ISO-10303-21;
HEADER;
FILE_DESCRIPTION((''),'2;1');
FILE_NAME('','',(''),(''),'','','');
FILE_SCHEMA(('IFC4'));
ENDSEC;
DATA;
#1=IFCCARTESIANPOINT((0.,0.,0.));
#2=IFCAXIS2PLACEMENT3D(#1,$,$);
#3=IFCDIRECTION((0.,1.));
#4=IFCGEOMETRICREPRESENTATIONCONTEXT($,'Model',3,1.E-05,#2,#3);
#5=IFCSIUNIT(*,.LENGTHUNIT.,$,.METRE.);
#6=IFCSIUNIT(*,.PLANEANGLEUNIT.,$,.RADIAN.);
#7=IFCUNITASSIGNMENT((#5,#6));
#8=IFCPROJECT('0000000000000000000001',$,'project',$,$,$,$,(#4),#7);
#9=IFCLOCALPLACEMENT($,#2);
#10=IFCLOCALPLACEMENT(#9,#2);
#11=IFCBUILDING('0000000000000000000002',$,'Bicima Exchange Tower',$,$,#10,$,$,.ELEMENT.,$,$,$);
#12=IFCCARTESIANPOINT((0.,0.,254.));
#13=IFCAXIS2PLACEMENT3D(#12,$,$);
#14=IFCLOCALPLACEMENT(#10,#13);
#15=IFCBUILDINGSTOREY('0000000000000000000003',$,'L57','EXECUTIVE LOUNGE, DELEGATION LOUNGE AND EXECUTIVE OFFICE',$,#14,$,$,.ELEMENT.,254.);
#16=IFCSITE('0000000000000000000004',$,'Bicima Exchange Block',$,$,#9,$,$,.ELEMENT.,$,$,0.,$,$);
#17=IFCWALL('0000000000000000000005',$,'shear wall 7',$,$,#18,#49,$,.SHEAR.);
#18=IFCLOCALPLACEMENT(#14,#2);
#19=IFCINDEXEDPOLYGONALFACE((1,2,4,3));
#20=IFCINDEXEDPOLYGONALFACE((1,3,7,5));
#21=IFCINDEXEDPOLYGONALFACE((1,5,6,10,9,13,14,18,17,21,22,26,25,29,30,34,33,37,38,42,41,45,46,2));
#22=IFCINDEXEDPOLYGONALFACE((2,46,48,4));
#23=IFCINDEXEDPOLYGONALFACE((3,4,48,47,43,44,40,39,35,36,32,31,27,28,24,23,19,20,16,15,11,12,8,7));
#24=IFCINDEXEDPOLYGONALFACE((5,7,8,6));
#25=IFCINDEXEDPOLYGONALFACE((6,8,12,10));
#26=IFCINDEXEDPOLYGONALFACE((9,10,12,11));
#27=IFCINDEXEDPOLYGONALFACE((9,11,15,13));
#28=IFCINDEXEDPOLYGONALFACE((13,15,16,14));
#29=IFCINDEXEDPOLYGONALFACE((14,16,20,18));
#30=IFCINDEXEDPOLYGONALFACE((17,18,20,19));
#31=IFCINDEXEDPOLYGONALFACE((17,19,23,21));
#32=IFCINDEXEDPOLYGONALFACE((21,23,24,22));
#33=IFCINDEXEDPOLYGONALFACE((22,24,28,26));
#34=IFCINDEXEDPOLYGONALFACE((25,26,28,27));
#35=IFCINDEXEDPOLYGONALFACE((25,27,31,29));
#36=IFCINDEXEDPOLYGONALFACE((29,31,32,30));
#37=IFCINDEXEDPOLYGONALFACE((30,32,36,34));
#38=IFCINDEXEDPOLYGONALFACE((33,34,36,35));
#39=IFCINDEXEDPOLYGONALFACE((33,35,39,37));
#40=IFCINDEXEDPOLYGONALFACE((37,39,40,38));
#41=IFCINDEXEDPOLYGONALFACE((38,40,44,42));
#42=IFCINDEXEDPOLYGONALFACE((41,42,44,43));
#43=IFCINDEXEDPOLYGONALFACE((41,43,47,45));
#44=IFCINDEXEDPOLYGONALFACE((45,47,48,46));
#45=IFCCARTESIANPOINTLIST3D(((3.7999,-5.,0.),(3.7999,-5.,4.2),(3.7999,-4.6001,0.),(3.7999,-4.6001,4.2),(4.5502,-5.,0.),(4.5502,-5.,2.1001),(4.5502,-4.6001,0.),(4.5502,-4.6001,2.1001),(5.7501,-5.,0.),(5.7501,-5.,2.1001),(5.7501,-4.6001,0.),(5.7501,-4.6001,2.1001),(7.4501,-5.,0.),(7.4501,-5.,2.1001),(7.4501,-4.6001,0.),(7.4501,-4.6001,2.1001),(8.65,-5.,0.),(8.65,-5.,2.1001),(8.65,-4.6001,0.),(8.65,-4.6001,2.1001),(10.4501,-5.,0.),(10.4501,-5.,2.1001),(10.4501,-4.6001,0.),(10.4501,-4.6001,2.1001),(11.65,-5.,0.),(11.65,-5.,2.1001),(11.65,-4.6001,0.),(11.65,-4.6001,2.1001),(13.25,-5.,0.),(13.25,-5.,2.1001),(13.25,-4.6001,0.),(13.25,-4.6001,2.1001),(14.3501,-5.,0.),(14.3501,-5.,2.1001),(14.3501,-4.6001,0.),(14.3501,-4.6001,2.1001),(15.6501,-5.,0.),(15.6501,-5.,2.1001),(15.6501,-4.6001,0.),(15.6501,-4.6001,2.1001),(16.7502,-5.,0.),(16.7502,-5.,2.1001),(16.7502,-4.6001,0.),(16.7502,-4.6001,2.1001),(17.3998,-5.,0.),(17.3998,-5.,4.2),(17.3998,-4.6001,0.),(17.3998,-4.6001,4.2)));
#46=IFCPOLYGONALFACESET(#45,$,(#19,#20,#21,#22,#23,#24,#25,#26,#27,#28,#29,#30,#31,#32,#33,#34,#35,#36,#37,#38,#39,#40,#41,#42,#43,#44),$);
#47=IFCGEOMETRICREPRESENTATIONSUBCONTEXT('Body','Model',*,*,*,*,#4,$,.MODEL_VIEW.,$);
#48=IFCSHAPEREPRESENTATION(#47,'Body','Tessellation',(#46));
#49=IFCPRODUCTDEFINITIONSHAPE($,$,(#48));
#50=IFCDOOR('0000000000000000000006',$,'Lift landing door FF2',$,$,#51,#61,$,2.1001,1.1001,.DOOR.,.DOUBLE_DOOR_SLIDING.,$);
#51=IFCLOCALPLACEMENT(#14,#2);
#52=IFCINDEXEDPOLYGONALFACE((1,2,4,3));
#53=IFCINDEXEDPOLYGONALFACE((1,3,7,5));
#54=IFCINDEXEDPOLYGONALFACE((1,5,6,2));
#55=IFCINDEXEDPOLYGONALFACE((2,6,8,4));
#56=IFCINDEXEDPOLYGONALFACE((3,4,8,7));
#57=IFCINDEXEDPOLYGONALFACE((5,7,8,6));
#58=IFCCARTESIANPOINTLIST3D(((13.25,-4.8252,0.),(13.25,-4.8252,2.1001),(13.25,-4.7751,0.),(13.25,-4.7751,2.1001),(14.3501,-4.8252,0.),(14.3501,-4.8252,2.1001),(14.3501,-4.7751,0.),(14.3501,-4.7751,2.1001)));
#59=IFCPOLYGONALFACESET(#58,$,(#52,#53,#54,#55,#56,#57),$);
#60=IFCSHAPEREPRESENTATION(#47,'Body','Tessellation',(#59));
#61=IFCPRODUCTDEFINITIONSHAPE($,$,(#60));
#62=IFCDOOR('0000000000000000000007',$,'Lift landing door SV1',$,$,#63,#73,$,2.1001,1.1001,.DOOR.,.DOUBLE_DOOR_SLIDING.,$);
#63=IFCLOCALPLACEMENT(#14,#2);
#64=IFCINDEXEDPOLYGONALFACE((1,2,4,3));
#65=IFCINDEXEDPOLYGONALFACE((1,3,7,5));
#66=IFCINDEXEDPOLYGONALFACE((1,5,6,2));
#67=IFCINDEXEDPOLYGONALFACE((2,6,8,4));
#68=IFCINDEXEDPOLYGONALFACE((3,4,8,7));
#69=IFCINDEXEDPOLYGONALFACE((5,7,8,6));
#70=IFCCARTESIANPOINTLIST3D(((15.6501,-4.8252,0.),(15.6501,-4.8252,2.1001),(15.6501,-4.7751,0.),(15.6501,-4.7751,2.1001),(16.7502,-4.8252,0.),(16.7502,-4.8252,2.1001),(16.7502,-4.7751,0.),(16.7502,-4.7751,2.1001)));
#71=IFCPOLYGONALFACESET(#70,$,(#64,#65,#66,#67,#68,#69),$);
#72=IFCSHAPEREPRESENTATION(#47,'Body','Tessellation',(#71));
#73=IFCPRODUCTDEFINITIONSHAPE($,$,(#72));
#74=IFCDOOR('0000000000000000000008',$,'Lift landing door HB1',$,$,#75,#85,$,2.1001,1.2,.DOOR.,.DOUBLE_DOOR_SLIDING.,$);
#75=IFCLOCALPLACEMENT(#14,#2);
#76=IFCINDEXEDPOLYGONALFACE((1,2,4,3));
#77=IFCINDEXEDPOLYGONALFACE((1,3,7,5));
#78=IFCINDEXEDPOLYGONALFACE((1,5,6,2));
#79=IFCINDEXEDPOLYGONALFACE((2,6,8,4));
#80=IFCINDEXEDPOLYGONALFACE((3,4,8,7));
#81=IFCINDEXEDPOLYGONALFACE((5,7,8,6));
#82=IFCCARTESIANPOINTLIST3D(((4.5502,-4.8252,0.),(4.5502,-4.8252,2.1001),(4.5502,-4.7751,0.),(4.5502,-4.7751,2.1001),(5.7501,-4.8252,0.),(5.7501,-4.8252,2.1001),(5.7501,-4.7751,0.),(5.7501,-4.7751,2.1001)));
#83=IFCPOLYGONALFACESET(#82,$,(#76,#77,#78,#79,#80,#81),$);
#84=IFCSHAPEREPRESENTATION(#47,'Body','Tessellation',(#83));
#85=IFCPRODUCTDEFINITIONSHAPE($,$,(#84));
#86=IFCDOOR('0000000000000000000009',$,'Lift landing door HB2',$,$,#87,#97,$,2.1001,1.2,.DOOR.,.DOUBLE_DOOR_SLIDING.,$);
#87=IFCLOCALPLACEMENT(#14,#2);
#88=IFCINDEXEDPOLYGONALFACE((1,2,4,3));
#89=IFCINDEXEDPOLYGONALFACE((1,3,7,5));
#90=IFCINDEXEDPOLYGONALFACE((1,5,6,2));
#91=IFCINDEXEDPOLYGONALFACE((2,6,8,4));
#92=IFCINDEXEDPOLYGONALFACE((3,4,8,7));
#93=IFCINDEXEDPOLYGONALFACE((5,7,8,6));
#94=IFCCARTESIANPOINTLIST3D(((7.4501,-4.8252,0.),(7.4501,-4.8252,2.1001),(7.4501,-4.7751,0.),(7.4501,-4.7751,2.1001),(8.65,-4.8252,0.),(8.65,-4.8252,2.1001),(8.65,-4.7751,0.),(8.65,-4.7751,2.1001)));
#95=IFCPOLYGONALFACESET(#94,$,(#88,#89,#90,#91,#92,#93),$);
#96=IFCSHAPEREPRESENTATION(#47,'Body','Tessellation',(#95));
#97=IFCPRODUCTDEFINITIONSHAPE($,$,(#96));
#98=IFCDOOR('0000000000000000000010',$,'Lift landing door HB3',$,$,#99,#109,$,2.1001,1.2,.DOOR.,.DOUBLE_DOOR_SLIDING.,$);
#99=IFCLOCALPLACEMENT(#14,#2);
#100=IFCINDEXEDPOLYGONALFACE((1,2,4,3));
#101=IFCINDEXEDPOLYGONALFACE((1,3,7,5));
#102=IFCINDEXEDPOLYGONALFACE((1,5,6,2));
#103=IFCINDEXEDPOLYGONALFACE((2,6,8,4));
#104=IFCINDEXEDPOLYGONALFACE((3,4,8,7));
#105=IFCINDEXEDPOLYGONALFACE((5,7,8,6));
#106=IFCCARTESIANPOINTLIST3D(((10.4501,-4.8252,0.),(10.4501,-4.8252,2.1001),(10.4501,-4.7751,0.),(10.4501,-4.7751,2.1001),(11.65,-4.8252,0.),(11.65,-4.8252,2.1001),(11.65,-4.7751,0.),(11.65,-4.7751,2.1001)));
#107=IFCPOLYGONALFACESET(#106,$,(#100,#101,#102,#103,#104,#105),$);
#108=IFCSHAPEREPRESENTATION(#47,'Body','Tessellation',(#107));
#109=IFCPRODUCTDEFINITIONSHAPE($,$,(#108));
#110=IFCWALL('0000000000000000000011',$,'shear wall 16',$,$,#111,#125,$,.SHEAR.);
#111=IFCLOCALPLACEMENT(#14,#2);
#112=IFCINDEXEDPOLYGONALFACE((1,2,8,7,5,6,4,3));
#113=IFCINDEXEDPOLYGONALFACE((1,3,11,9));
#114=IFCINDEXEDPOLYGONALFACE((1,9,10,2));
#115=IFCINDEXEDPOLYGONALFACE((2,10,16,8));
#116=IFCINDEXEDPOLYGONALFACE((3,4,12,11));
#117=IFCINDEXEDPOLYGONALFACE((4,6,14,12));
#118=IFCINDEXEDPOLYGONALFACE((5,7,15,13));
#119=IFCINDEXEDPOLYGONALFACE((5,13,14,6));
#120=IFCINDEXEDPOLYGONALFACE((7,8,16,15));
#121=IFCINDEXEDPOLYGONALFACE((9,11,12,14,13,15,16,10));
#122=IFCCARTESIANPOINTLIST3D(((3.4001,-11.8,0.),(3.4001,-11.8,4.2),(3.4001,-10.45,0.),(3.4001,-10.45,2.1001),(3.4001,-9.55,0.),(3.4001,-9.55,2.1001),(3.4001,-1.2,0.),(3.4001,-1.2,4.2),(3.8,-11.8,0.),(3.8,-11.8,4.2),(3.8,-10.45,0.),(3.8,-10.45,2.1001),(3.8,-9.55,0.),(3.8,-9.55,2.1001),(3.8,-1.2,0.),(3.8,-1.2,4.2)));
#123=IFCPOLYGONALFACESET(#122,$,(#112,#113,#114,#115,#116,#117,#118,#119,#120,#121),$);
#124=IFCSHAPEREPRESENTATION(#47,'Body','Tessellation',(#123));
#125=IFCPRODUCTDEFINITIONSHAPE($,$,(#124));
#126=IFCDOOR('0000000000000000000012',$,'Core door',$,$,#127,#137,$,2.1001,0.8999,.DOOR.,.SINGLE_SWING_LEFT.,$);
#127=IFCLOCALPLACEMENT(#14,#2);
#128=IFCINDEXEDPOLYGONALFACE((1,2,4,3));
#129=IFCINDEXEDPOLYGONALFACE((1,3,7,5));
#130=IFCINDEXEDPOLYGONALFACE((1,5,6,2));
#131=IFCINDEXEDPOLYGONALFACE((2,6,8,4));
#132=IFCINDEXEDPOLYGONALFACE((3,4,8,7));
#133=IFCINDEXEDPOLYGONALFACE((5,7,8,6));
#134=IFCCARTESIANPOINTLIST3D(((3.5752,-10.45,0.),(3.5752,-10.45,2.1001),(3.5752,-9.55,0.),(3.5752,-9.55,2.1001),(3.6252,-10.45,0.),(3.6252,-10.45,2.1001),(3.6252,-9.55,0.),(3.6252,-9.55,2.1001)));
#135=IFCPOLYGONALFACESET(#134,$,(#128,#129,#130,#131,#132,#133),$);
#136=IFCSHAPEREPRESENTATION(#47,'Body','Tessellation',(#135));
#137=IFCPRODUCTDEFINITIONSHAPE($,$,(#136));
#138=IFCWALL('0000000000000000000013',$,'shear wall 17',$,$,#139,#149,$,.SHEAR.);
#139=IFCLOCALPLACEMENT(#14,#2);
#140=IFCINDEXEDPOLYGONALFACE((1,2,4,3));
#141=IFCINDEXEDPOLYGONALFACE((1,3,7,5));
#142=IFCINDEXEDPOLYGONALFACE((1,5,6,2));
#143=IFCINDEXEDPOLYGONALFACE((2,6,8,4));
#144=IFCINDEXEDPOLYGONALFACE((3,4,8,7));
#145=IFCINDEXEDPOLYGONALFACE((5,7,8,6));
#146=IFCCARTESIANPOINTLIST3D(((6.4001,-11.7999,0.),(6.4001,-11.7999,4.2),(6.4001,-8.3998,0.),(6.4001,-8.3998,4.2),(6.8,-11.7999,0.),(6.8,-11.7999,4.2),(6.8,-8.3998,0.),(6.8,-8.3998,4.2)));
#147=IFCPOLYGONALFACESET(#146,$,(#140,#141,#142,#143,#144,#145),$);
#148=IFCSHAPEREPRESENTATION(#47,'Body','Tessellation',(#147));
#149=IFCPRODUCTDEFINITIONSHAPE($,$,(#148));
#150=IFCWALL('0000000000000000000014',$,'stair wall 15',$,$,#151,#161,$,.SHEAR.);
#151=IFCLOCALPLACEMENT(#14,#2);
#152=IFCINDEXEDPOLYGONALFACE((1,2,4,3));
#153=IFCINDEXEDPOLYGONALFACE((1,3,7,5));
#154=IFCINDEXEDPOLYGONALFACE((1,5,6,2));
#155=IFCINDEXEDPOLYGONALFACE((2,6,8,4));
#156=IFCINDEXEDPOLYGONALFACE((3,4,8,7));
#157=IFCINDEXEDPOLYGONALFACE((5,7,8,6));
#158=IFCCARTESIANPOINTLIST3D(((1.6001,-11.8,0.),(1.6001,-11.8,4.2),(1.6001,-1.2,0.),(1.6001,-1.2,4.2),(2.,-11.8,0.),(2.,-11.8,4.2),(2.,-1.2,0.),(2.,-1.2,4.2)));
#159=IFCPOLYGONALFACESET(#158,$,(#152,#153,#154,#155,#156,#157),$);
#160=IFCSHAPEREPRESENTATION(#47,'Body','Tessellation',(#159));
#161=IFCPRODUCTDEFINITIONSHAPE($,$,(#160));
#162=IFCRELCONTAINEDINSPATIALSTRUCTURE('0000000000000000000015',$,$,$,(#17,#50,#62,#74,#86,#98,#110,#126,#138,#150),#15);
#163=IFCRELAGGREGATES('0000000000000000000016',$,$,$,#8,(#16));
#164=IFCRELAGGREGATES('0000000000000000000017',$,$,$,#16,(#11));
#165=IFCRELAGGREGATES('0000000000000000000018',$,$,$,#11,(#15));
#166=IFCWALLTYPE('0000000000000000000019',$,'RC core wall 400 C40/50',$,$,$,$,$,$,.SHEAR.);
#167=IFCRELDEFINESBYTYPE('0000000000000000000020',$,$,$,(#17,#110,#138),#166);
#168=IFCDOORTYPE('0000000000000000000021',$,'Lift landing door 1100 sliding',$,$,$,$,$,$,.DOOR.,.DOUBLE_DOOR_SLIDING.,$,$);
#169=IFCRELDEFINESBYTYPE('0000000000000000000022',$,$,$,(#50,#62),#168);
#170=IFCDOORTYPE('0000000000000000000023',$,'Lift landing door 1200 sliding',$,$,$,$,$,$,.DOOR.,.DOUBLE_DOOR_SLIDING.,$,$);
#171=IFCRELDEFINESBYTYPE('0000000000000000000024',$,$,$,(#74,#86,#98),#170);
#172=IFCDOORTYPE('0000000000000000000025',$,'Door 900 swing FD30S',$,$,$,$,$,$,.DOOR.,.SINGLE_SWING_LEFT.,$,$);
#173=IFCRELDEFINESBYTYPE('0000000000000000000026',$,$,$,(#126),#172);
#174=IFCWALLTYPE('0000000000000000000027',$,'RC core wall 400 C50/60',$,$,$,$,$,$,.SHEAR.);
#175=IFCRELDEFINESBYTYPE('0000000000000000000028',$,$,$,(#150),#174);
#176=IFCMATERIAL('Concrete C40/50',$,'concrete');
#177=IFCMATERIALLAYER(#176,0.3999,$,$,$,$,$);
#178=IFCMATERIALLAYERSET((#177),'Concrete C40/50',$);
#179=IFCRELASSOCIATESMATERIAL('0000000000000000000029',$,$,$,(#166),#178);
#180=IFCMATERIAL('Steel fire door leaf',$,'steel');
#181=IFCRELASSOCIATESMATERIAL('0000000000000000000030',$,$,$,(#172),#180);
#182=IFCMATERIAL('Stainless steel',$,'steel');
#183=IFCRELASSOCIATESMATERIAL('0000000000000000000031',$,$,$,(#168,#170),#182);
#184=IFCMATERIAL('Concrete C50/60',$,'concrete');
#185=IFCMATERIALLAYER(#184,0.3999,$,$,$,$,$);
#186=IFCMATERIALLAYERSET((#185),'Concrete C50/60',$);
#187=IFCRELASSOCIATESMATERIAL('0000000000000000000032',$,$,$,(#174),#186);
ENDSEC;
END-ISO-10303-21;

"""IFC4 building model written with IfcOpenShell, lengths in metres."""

from ifc_helpers import new_model, si_unit, direction, frame, frame_2d, origin, place, context, subcontext, project, spatial, rectangle, extrude, material, layer, layer_set, type_object, element, fill, save


model = new_model("IFC4")

# Units and contexts
model_context = context("Model", 3, precision=1e-05, world=origin(), true_north=direction((0.0, 1.0)))
body_context = subcontext(model_context, "Body", "Model", "MODEL_VIEW")
ifc_project = project(units=[si_unit("LENGTHUNIT", "METRE"), si_unit("PLANEANGLEUNIT", "RADIAN")], contexts=[model_context])

# Site, building, storey
site_placement = place(None, origin())
site = spatial("IfcSite", under=ifc_project, at=site_placement, Name="Bicima Exchange Block", CompositionType="ELEMENT", RefElevation=0.0)
building_placement = place(site_placement, origin())
building = spatial("IfcBuilding", under=site, at=building_placement, Name="Bicima Exchange Tower", CompositionType="ELEMENT")
storey_placement = place(building_placement, frame((0.0, 0.0, 254.0)))
storey = spatial("IfcBuildingStorey", under=building, at=storey_placement, Name="L57", Description="EXECUTIVE LOUNGE, DELEGATION LOUNGE AND EXECUTIVE OFFICE", CompositionType="ELEMENT", Elevation=254.0)

# Shared definitions
ifc_material_1 = material(Name="Concrete C50/60", Category="concrete")

# Shared definitions
ifc_material_2 = material(Name="Concrete C40/50", Category="concrete")
ifc_layer_1 = layer(ifc_material_2, 0.3999)
ifc_layer_set_1 = layer_set([ifc_layer_1], Name="Concrete C40/50")
wall_type_1 = type_object("IfcWallType", Name="RC core wall 400 C40/50", PredefinedType="SHEAR", material=ifc_layer_set_1)
ifc_material_3 = material(Name="Steel fire door leaf", Category="steel")
door_type_1 = type_object("IfcDoorType", Name="Door 900 swing FD30S", OperationType="SINGLE_SWING_LEFT", PredefinedType="DOOR", material=ifc_material_3)

# Wall, openings, doors
wall_1_placement = place(storey_placement, frame((3.8, -4.8, 0.0), z_axis=(0.0, 0.0, 1.0), x_axis=(1.0, 0.0, 0.0)))
wall_1 = element("IfcWall", 1, at=wall_1_placement, inside=storey, type_object=wall_type_1, Name="shear wall 7", PredefinedType="SHEAR", context=body_context, shape_type="SweptSolid", body=[
    extrude(rectangle(XDim=13.5999, YDim=0.3999, at=frame_2d((6.7998, 0.0))), origin(), (0.0, 0.0, 1.0), 4.2),
])
opening_1_placement = place(wall_1_placement, frame((0.75, 0.0, 0.0)))
opening_1 = element("IfcOpeningElement", 2, at=opening_1_placement, cuts=wall_1, PredefinedType="OPENING", context=body_context, shape_type="SweptSolid", body=[
    extrude(rectangle(XDim=1.2, YDim=2.1001, at=frame_2d((0.6001, 1.05))), frame((0.0, 0.2119, 0.0), z_axis=(0.0, -1.0, 0.0), x_axis=(1.0, 0.0, 0.0)), (0.0, 0.0, 1.0), 0.4238),
])
opening_2_placement = place(wall_1_placement, frame((3.6499, 0.0, 0.0)))
opening_2 = element("IfcOpeningElement", 3, at=opening_2_placement, cuts=wall_1, PredefinedType="OPENING", context=body_context, shape_type="SweptSolid", body=[
    extrude(rectangle(XDim=1.2, YDim=2.1001, at=frame_2d((0.6001, 1.05))), frame((0.0, 0.2119, 0.0), z_axis=(0.0, -1.0, 0.0), x_axis=(1.0, 0.0, 0.0)), (0.0, 0.0, 1.0), 0.4238),
])
opening_3_placement = place(wall_1_placement, frame((6.6499, 0.0, 0.0)))
opening_3 = element("IfcOpeningElement", 4, at=opening_3_placement, cuts=wall_1, PredefinedType="OPENING", context=body_context, shape_type="SweptSolid", body=[
    extrude(rectangle(XDim=1.2, YDim=2.1001, at=frame_2d((0.6001, 1.05))), frame((0.0, 0.2119, 0.0), z_axis=(0.0, -1.0, 0.0), x_axis=(1.0, 0.0, 0.0)), (0.0, 0.0, 1.0), 0.4238),
])
opening_4_placement = place(wall_1_placement, frame((9.45, 0.0, 0.0)))
opening_4 = element("IfcOpeningElement", 5, at=opening_4_placement, cuts=wall_1, PredefinedType="OPENING", context=body_context, shape_type="SweptSolid", body=[
    extrude(rectangle(XDim=1.1001, YDim=2.1001, at=frame_2d((0.55, 1.05))), frame((0.0, 0.2119, 0.0), z_axis=(0.0, -1.0, 0.0), x_axis=(1.0, 0.0, 0.0)), (0.0, 0.0, 1.0), 0.4238),
])
opening_5_placement = place(wall_1_placement, frame((11.8501, 0.0, 0.0)))
opening_5 = element("IfcOpeningElement", 6, at=opening_5_placement, cuts=wall_1, PredefinedType="OPENING", context=body_context, shape_type="SweptSolid", body=[
    extrude(rectangle(XDim=1.1001, YDim=2.1001, at=frame_2d((0.55, 1.05))), frame((0.0, 0.2119, 0.0), z_axis=(0.0, -1.0, 0.0), x_axis=(1.0, 0.0, 0.0)), (0.0, 0.0, 1.0), 0.4238),
])
ifc_material_4 = material(Name="Stainless steel", Category="steel")
door_type_2 = type_object("IfcDoorType", Name="Lift landing door 1100 sliding", OperationType="DOUBLE_DOOR_SLIDING", PredefinedType="DOOR", material=ifc_material_4)
door_1_placement = place(opening_4_placement, origin())
door_1 = element("IfcDoor", 7, at=door_1_placement, inside=storey, type_object=door_type_2, Name="Lift landing door FF2", OperationType="DOUBLE_DOOR_SLIDING", OverallHeight=2.1001, OverallWidth=1.1001, PredefinedType="DOOR", context=body_context, shape_type="SweptSolid", body=[
    extrude(rectangle(XDim=1.1001, YDim=2.1001, at=frame_2d((0.55, 1.05))), frame((0.0, 0.0249, 0.0), z_axis=(0.0, -1.0, 0.0), x_axis=(1.0, 0.0, 0.0)), (0.0, 0.0, 1.0), 0.05),
])
fill(opening_4, door_1)
door_2_placement = place(opening_5_placement, origin())
door_2 = element("IfcDoor", 8, at=door_2_placement, inside=storey, type_object=door_type_2, Name="Lift landing door SV1", OperationType="DOUBLE_DOOR_SLIDING", OverallHeight=2.1001, OverallWidth=1.1001, PredefinedType="DOOR", context=body_context, shape_type="SweptSolid", body=[
    extrude(rectangle(XDim=1.1001, YDim=2.1001, at=frame_2d((0.55, 1.05))), frame((0.0, 0.0249, 0.0), z_axis=(0.0, -1.0, 0.0), x_axis=(1.0, 0.0, 0.0)), (0.0, 0.0, 1.0), 0.05),
])
fill(opening_5, door_2)
door_type_3 = type_object("IfcDoorType", Name="Lift landing door 1200 sliding", OperationType="DOUBLE_DOOR_SLIDING", PredefinedType="DOOR", material=ifc_material_4)
door_3_placement = place(opening_1_placement, origin())
door_3 = element("IfcDoor", 9, at=door_3_placement, inside=storey, type_object=door_type_3, Name="Lift landing door HB1", OperationType="DOUBLE_DOOR_SLIDING", OverallHeight=2.1001, OverallWidth=1.2, PredefinedType="DOOR", context=body_context, shape_type="SweptSolid", body=[
    extrude(rectangle(XDim=1.2, YDim=2.1001, at=frame_2d((0.6001, 1.05))), frame((0.0, 0.0249, 0.0), z_axis=(0.0, -1.0, 0.0), x_axis=(1.0, 0.0, 0.0)), (0.0, 0.0, 1.0), 0.05),
])
fill(opening_1, door_3)
door_4_placement = place(opening_2_placement, origin())
door_4 = element("IfcDoor", 10, at=door_4_placement, inside=storey, type_object=door_type_3, Name="Lift landing door HB2", OperationType="DOUBLE_DOOR_SLIDING", OverallHeight=2.1001, OverallWidth=1.2, PredefinedType="DOOR", context=body_context, shape_type="SweptSolid", body=[
    extrude(rectangle(XDim=1.2, YDim=2.1001, at=frame_2d((0.6001, 1.05))), frame((0.0, 0.0249, 0.0), z_axis=(0.0, -1.0, 0.0), x_axis=(1.0, 0.0, 0.0)), (0.0, 0.0, 1.0), 0.05),
])
fill(opening_2, door_4)
door_5_placement = place(opening_3_placement, origin())
door_5 = element("IfcDoor", 11, at=door_5_placement, inside=storey, type_object=door_type_3, Name="Lift landing door HB3", OperationType="DOUBLE_DOOR_SLIDING", OverallHeight=2.1001, OverallWidth=1.2, PredefinedType="DOOR", context=body_context, shape_type="SweptSolid", body=[
    extrude(rectangle(XDim=1.2, YDim=2.1001, at=frame_2d((0.6001, 1.05))), frame((0.0, 0.0249, 0.0), z_axis=(0.0, -1.0, 0.0), x_axis=(1.0, 0.0, 0.0)), (0.0, 0.0, 1.0), 0.05),
])
fill(opening_3, door_5)

# Wall, opening, door
wall_2_placement = place(storey_placement, frame((3.6001, -11.8, 0.0), z_axis=(0.0, 0.0, 1.0), x_axis=(0.0, 1.0, 0.0)))
wall_2 = element("IfcWall", 12, at=wall_2_placement, inside=storey, type_object=wall_type_1, Name="shear wall 16", PredefinedType="SHEAR", context=body_context, shape_type="SweptSolid", body=[
    extrude(rectangle(XDim=10.6001, YDim=0.3999, at=frame_2d((5.3, 0.0))), origin(), (0.0, 0.0, 1.0), 4.2),
])
opening_6_placement = place(wall_2_placement, frame((1.3501, 0.0, 0.0)))
opening_6 = element("IfcOpeningElement", 13, at=opening_6_placement, cuts=wall_2, PredefinedType="OPENING", context=body_context, shape_type="SweptSolid", body=[
    extrude(rectangle(XDim=0.8999, YDim=2.1001, at=frame_2d((0.45, 1.05))), frame((0.0, 0.2119, 0.0), z_axis=(0.0, -1.0, 0.0), x_axis=(1.0, 0.0, 0.0)), (0.0, 0.0, 1.0), 0.4238),
])
door_6_placement = place(opening_6_placement, origin())
door_6 = element("IfcDoor", 14, at=door_6_placement, inside=storey, type_object=door_type_1, Name="Core door", OperationType="SINGLE_SWING_LEFT", OverallHeight=2.1001, OverallWidth=0.8999, PredefinedType="DOOR", context=body_context, shape_type="SweptSolid", body=[
    extrude(rectangle(XDim=0.8999, YDim=2.1001, at=frame_2d((0.45, 1.05))), frame((0.0, 0.0249, 0.0), z_axis=(0.0, -1.0, 0.0), x_axis=(1.0, 0.0, 0.0)), (0.0, 0.0, 1.0), 0.05),
])
fill(opening_6, door_6)

# Walls
wall_3_placement = place(storey_placement, frame((6.6001, -11.8, 0.0), z_axis=(0.0, 0.0, 1.0), x_axis=(0.0, 1.0, 0.0)))
element("IfcWall", 15, at=wall_3_placement, inside=storey, type_object=wall_type_1, Name="shear wall 17", PredefinedType="SHEAR", context=body_context, shape_type="SweptSolid", body=[
    extrude(rectangle(XDim=3.4001, YDim=0.3999, at=frame_2d((1.7002, 0.0))), origin(), (0.0, 0.0, 1.0), 4.2),
])
ifc_layer_2 = layer(ifc_material_1, 0.3999)
ifc_layer_set_2 = layer_set([ifc_layer_2], Name="Concrete C50/60")
wall_type_2 = type_object("IfcWallType", Name="RC core wall 400 C50/60", PredefinedType="SHEAR", material=ifc_layer_set_2)
wall_4_placement = place(storey_placement, frame((1.8, -11.8, 0.0), z_axis=(0.0, 0.0, 1.0), x_axis=(0.0, 1.0, 0.0)))
element("IfcWall", 16, at=wall_4_placement, inside=storey, type_object=wall_type_2, Name="stair wall 15", PredefinedType="SHEAR", context=body_context, shape_type="SweptSolid", body=[
    extrude(rectangle(XDim=10.6001, YDim=0.3999, at=frame_2d((5.3, 0.0))), origin(), (0.0, 0.0, 1.0), 4.2),
])

save(model, "model.ifc")
